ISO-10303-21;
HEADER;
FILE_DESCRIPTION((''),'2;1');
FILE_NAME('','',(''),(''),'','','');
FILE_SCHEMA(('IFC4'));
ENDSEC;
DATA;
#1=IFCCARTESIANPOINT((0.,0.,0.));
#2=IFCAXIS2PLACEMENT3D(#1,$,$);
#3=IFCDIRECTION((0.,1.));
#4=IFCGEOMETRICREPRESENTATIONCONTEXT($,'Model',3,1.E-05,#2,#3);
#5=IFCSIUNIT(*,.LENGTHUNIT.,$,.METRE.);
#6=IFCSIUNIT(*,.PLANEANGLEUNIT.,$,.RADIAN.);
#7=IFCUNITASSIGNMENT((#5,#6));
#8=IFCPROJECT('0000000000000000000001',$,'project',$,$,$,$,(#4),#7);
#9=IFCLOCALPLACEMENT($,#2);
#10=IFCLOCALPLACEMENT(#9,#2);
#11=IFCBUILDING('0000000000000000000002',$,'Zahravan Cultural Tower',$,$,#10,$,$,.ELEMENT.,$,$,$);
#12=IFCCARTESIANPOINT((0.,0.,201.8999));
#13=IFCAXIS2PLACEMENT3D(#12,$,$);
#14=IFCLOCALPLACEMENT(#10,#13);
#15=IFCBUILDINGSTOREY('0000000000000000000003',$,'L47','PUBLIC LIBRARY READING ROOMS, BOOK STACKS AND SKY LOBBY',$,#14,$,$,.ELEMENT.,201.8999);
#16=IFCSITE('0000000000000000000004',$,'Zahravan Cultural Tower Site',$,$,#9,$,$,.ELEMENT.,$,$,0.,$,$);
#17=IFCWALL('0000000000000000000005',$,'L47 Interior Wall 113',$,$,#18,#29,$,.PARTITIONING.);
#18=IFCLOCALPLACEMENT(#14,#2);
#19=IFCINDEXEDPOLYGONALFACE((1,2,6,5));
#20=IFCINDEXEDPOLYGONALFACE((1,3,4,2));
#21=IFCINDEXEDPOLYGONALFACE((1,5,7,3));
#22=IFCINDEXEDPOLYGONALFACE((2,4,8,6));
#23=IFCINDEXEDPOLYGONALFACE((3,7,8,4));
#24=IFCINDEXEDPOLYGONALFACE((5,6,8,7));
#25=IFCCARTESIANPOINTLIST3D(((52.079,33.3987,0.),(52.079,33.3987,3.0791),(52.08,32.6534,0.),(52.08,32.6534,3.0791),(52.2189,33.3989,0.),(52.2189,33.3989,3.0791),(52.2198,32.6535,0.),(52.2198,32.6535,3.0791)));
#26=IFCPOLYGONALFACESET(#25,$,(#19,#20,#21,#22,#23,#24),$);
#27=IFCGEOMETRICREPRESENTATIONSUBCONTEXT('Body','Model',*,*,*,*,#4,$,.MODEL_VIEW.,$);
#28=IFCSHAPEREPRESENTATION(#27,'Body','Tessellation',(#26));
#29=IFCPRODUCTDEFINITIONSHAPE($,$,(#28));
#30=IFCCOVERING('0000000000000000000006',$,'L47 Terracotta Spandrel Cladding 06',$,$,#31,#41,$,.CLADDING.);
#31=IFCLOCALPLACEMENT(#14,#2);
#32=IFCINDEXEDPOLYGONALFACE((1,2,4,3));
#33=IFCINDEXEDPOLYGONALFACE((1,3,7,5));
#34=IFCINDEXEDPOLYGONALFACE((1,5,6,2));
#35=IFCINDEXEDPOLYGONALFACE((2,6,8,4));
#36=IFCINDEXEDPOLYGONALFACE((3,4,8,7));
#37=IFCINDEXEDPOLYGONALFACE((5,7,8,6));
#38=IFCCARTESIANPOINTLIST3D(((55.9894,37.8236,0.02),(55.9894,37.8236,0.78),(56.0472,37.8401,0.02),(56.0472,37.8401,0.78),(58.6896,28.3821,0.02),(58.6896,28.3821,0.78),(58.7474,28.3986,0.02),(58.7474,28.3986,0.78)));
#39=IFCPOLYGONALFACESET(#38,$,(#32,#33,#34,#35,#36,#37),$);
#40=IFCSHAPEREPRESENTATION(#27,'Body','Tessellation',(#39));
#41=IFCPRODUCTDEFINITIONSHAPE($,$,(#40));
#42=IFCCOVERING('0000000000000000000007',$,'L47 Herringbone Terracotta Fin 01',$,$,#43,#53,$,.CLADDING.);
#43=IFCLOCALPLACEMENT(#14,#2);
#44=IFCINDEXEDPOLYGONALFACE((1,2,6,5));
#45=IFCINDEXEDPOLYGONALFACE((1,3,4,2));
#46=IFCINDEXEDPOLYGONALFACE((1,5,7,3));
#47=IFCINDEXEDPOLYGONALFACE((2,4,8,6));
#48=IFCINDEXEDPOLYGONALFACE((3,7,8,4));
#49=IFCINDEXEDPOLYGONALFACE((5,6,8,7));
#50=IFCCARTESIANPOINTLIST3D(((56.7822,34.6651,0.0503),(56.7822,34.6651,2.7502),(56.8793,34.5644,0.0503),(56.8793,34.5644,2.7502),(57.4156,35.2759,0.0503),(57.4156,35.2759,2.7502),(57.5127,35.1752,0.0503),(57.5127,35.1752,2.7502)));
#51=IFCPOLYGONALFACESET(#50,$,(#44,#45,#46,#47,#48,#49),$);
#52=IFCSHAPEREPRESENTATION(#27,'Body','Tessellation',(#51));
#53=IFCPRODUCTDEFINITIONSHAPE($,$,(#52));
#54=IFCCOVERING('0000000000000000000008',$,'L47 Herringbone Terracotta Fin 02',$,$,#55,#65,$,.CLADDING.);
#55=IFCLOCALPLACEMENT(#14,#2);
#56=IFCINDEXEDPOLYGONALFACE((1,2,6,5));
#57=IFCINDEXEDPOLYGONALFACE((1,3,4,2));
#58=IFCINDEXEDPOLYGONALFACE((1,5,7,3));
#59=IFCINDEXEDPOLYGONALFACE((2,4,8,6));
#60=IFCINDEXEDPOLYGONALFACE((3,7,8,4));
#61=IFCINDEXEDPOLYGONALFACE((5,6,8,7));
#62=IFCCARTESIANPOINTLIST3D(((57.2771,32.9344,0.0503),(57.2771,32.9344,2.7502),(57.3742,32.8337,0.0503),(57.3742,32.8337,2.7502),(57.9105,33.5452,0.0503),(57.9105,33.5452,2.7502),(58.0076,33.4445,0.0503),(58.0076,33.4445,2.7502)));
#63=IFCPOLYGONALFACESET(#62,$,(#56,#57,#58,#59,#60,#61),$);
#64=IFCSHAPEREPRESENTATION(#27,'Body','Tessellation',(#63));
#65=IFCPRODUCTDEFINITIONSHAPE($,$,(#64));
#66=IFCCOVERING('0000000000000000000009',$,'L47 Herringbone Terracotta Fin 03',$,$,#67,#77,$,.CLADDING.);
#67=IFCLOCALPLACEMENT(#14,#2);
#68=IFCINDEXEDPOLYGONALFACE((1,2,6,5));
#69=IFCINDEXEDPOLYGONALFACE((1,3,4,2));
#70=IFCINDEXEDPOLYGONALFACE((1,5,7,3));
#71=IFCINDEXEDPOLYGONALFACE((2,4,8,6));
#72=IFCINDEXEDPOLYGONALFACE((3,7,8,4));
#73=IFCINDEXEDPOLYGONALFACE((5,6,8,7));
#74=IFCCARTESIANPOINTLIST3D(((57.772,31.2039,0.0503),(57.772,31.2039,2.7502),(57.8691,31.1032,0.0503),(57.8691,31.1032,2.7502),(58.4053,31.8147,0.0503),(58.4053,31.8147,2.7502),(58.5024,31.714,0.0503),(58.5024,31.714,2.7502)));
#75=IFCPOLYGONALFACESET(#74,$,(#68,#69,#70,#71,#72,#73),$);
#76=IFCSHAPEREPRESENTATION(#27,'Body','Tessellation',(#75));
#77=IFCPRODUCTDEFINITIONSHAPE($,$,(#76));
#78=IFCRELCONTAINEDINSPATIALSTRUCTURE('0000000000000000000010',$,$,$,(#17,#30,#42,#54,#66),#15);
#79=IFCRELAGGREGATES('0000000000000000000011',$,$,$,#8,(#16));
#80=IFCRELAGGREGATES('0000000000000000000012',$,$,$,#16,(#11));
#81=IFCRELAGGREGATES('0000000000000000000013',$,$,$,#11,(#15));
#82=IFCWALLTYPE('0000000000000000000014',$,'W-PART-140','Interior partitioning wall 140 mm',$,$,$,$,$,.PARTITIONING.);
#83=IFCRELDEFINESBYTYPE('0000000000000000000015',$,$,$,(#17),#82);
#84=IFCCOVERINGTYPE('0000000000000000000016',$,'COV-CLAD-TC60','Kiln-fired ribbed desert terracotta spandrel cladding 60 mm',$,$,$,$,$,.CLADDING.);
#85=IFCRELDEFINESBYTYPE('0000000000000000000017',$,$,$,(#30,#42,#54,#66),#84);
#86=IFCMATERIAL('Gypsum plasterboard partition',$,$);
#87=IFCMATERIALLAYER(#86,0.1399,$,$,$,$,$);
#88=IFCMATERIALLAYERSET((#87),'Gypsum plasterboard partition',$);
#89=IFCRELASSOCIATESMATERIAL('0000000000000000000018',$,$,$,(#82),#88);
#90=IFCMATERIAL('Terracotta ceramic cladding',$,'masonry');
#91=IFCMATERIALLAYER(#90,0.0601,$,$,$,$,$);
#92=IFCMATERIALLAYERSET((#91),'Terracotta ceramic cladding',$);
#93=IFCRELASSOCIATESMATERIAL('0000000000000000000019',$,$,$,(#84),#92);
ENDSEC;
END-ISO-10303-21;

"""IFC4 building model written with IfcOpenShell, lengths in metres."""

from ifc_helpers import new_model, si_unit, direction, frame, frame_2d, origin, origin_2d, place, context, subcontext, project, spatial, rectangle, extrude, source, transform, mapped, material, layer, layer_set, type_object, element, save


model = new_model("IFC4")

# Units and contexts
model_context = context("Model", 3, precision=1e-05, world=origin(), true_north=direction((0.0, 1.0)))
body_context = subcontext(model_context, "Body", "Model", "MODEL_VIEW")
ifc_project = project(units=[si_unit("LENGTHUNIT", "METRE"), si_unit("PLANEANGLEUNIT", "RADIAN")], contexts=[model_context])

# Site, building, storey
site_placement = place(None, origin())
site = spatial("IfcSite", under=ifc_project, at=site_placement, Name="Zahravan Cultural Tower Site", CompositionType="ELEMENT", RefElevation=0.0)
building_placement = place(site_placement, origin())
building = spatial("IfcBuilding", under=site, at=building_placement, Name="Zahravan Cultural Tower", CompositionType="ELEMENT")
storey_placement = place(building_placement, frame((0.0, 0.0, 201.8999)))
storey = spatial("IfcBuildingStorey", under=building, at=storey_placement, Name="L47", Description="PUBLIC LIBRARY READING ROOMS, BOOK STACKS AND SKY LOBBY", CompositionType="ELEMENT", Elevation=201.8999)

# Shared definitions
ifc_material_1 = material(Name="Gypsum plasterboard partition")
ifc_layer_1 = layer(ifc_material_1, 0.1399)
ifc_layer_set_1 = layer_set([ifc_layer_1], Name="Gypsum plasterboard partition")
wall_type_1 = type_object("IfcWallType", Name="W-PART-140", Description="Interior partitioning wall 140 mm", PredefinedType="PARTITIONING", material=ifc_layer_set_1)

# Wall
shared_shape_1 = source(origin(), body_context, "Body", "SweptSolid", [
    extrude(rectangle(XDim=0.7454, YDim=0.1399, at=frame_2d((0.3726, 0.0))), origin(), (0.0, 0.0, 1.0), 3.0791),
])
wall_1_placement = place(storey_placement, frame((52.1499, 32.6536, 0.0), z_axis=(0.0, 0.0, 1.0), x_axis=(-0.00131, 0.999999, 0.0)))
element("IfcWall", 1, at=wall_1_placement, inside=storey, type_object=wall_type_1, Name="L47 Interior Wall 113", PredefinedType="PARTITIONING", context=body_context, shape_type="MappedRepresentation", body=[
    mapped(shared_shape_1, transform((0.0, 0.0, 0.0), x_axis=(1.0, 0.0, 0.0), y_axis=(0.0, 1.0, 0.0), z_axis=(0.0, 0.0, 1.0), scale=1.0)),
])

# Coverings
ifc_material_2 = material(Name="Terracotta ceramic cladding", Category="masonry")
ifc_layer_2 = layer(ifc_material_2, 0.0601)
ifc_layer_set_2 = layer_set([ifc_layer_2], Name="Terracotta ceramic cladding")
covering_type = type_object("IfcCoveringType", Name="COV-CLAD-TC60", Description="Kiln-fired ribbed desert terracotta spandrel cladding 60 mm", PredefinedType="CLADDING", material=ifc_layer_set_2)
shared_shape_2 = source(origin(), body_context, "Body", "SweptSolid", [
    extrude(rectangle(XDim=9.8201, YDim=0.0601, at=origin_2d()), origin(), (0.0, 0.0, 1.0), 0.76),
])
covering_placement = place(storey_placement, frame((57.3684, 33.1111, 0.02), z_axis=(0.0, 0.0, 1.0), x_axis=(0.274966, -0.961454, 0.0)))
element("IfcCovering", 2, at=covering_placement, inside=storey, type_object=covering_type, Name="L47 Terracotta Spandrel Cladding 06", PredefinedType="CLADDING", context=body_context, shape_type="MappedRepresentation", body=[
    mapped(shared_shape_2, transform((0.0, 0.0, 0.0), x_axis=(1.0, 0.0, 0.0), y_axis=(0.0, 1.0, 0.0), z_axis=(0.0, 0.0, 1.0), scale=1.0)),
])
shared_shape_3 = source(origin(), body_context, "Body", "SweptSolid", [
    extrude(rectangle(XDim=0.8799, YDim=0.1399, at=origin_2d()), origin(), (0.0, 0.0, 1.0), 2.7),
])
for number, where, z_axis, x_axis, name in (
    (3, (57.1475, 34.9202, 0.0503), (0.0, 0.0, 1.0), (0.719825, 0.694156, 0.0), "L47 Herringbone Terracotta Fin 01"),
    (4, (57.6423, 33.1895, 0.0503), (0.0, 0.0, 1.0), (0.719825, 0.694156, 0.0), "L47 Herringbone Terracotta Fin 02"),
    (5, (58.1372, 31.459, 0.0503), (0.0, 0.0, 1.0), (0.719825, 0.694156, 0.0), "L47 Herringbone Terracotta Fin 03"),
):
    element("IfcCovering", number, at=place(storey_placement, frame(where, z_axis=z_axis, x_axis=x_axis)), inside=storey, type_object=covering_type, Name=name, PredefinedType="CLADDING", context=body_context, shape_type="MappedRepresentation", body=[
        mapped(shared_shape_3, transform((0.0, 0.0, 0.0), x_axis=(1.0, 0.0, 0.0), y_axis=(0.0, 1.0, 0.0), z_axis=(0.0, 0.0, 1.0), scale=1.0)),
    ])

save(model, "model.ifc")
